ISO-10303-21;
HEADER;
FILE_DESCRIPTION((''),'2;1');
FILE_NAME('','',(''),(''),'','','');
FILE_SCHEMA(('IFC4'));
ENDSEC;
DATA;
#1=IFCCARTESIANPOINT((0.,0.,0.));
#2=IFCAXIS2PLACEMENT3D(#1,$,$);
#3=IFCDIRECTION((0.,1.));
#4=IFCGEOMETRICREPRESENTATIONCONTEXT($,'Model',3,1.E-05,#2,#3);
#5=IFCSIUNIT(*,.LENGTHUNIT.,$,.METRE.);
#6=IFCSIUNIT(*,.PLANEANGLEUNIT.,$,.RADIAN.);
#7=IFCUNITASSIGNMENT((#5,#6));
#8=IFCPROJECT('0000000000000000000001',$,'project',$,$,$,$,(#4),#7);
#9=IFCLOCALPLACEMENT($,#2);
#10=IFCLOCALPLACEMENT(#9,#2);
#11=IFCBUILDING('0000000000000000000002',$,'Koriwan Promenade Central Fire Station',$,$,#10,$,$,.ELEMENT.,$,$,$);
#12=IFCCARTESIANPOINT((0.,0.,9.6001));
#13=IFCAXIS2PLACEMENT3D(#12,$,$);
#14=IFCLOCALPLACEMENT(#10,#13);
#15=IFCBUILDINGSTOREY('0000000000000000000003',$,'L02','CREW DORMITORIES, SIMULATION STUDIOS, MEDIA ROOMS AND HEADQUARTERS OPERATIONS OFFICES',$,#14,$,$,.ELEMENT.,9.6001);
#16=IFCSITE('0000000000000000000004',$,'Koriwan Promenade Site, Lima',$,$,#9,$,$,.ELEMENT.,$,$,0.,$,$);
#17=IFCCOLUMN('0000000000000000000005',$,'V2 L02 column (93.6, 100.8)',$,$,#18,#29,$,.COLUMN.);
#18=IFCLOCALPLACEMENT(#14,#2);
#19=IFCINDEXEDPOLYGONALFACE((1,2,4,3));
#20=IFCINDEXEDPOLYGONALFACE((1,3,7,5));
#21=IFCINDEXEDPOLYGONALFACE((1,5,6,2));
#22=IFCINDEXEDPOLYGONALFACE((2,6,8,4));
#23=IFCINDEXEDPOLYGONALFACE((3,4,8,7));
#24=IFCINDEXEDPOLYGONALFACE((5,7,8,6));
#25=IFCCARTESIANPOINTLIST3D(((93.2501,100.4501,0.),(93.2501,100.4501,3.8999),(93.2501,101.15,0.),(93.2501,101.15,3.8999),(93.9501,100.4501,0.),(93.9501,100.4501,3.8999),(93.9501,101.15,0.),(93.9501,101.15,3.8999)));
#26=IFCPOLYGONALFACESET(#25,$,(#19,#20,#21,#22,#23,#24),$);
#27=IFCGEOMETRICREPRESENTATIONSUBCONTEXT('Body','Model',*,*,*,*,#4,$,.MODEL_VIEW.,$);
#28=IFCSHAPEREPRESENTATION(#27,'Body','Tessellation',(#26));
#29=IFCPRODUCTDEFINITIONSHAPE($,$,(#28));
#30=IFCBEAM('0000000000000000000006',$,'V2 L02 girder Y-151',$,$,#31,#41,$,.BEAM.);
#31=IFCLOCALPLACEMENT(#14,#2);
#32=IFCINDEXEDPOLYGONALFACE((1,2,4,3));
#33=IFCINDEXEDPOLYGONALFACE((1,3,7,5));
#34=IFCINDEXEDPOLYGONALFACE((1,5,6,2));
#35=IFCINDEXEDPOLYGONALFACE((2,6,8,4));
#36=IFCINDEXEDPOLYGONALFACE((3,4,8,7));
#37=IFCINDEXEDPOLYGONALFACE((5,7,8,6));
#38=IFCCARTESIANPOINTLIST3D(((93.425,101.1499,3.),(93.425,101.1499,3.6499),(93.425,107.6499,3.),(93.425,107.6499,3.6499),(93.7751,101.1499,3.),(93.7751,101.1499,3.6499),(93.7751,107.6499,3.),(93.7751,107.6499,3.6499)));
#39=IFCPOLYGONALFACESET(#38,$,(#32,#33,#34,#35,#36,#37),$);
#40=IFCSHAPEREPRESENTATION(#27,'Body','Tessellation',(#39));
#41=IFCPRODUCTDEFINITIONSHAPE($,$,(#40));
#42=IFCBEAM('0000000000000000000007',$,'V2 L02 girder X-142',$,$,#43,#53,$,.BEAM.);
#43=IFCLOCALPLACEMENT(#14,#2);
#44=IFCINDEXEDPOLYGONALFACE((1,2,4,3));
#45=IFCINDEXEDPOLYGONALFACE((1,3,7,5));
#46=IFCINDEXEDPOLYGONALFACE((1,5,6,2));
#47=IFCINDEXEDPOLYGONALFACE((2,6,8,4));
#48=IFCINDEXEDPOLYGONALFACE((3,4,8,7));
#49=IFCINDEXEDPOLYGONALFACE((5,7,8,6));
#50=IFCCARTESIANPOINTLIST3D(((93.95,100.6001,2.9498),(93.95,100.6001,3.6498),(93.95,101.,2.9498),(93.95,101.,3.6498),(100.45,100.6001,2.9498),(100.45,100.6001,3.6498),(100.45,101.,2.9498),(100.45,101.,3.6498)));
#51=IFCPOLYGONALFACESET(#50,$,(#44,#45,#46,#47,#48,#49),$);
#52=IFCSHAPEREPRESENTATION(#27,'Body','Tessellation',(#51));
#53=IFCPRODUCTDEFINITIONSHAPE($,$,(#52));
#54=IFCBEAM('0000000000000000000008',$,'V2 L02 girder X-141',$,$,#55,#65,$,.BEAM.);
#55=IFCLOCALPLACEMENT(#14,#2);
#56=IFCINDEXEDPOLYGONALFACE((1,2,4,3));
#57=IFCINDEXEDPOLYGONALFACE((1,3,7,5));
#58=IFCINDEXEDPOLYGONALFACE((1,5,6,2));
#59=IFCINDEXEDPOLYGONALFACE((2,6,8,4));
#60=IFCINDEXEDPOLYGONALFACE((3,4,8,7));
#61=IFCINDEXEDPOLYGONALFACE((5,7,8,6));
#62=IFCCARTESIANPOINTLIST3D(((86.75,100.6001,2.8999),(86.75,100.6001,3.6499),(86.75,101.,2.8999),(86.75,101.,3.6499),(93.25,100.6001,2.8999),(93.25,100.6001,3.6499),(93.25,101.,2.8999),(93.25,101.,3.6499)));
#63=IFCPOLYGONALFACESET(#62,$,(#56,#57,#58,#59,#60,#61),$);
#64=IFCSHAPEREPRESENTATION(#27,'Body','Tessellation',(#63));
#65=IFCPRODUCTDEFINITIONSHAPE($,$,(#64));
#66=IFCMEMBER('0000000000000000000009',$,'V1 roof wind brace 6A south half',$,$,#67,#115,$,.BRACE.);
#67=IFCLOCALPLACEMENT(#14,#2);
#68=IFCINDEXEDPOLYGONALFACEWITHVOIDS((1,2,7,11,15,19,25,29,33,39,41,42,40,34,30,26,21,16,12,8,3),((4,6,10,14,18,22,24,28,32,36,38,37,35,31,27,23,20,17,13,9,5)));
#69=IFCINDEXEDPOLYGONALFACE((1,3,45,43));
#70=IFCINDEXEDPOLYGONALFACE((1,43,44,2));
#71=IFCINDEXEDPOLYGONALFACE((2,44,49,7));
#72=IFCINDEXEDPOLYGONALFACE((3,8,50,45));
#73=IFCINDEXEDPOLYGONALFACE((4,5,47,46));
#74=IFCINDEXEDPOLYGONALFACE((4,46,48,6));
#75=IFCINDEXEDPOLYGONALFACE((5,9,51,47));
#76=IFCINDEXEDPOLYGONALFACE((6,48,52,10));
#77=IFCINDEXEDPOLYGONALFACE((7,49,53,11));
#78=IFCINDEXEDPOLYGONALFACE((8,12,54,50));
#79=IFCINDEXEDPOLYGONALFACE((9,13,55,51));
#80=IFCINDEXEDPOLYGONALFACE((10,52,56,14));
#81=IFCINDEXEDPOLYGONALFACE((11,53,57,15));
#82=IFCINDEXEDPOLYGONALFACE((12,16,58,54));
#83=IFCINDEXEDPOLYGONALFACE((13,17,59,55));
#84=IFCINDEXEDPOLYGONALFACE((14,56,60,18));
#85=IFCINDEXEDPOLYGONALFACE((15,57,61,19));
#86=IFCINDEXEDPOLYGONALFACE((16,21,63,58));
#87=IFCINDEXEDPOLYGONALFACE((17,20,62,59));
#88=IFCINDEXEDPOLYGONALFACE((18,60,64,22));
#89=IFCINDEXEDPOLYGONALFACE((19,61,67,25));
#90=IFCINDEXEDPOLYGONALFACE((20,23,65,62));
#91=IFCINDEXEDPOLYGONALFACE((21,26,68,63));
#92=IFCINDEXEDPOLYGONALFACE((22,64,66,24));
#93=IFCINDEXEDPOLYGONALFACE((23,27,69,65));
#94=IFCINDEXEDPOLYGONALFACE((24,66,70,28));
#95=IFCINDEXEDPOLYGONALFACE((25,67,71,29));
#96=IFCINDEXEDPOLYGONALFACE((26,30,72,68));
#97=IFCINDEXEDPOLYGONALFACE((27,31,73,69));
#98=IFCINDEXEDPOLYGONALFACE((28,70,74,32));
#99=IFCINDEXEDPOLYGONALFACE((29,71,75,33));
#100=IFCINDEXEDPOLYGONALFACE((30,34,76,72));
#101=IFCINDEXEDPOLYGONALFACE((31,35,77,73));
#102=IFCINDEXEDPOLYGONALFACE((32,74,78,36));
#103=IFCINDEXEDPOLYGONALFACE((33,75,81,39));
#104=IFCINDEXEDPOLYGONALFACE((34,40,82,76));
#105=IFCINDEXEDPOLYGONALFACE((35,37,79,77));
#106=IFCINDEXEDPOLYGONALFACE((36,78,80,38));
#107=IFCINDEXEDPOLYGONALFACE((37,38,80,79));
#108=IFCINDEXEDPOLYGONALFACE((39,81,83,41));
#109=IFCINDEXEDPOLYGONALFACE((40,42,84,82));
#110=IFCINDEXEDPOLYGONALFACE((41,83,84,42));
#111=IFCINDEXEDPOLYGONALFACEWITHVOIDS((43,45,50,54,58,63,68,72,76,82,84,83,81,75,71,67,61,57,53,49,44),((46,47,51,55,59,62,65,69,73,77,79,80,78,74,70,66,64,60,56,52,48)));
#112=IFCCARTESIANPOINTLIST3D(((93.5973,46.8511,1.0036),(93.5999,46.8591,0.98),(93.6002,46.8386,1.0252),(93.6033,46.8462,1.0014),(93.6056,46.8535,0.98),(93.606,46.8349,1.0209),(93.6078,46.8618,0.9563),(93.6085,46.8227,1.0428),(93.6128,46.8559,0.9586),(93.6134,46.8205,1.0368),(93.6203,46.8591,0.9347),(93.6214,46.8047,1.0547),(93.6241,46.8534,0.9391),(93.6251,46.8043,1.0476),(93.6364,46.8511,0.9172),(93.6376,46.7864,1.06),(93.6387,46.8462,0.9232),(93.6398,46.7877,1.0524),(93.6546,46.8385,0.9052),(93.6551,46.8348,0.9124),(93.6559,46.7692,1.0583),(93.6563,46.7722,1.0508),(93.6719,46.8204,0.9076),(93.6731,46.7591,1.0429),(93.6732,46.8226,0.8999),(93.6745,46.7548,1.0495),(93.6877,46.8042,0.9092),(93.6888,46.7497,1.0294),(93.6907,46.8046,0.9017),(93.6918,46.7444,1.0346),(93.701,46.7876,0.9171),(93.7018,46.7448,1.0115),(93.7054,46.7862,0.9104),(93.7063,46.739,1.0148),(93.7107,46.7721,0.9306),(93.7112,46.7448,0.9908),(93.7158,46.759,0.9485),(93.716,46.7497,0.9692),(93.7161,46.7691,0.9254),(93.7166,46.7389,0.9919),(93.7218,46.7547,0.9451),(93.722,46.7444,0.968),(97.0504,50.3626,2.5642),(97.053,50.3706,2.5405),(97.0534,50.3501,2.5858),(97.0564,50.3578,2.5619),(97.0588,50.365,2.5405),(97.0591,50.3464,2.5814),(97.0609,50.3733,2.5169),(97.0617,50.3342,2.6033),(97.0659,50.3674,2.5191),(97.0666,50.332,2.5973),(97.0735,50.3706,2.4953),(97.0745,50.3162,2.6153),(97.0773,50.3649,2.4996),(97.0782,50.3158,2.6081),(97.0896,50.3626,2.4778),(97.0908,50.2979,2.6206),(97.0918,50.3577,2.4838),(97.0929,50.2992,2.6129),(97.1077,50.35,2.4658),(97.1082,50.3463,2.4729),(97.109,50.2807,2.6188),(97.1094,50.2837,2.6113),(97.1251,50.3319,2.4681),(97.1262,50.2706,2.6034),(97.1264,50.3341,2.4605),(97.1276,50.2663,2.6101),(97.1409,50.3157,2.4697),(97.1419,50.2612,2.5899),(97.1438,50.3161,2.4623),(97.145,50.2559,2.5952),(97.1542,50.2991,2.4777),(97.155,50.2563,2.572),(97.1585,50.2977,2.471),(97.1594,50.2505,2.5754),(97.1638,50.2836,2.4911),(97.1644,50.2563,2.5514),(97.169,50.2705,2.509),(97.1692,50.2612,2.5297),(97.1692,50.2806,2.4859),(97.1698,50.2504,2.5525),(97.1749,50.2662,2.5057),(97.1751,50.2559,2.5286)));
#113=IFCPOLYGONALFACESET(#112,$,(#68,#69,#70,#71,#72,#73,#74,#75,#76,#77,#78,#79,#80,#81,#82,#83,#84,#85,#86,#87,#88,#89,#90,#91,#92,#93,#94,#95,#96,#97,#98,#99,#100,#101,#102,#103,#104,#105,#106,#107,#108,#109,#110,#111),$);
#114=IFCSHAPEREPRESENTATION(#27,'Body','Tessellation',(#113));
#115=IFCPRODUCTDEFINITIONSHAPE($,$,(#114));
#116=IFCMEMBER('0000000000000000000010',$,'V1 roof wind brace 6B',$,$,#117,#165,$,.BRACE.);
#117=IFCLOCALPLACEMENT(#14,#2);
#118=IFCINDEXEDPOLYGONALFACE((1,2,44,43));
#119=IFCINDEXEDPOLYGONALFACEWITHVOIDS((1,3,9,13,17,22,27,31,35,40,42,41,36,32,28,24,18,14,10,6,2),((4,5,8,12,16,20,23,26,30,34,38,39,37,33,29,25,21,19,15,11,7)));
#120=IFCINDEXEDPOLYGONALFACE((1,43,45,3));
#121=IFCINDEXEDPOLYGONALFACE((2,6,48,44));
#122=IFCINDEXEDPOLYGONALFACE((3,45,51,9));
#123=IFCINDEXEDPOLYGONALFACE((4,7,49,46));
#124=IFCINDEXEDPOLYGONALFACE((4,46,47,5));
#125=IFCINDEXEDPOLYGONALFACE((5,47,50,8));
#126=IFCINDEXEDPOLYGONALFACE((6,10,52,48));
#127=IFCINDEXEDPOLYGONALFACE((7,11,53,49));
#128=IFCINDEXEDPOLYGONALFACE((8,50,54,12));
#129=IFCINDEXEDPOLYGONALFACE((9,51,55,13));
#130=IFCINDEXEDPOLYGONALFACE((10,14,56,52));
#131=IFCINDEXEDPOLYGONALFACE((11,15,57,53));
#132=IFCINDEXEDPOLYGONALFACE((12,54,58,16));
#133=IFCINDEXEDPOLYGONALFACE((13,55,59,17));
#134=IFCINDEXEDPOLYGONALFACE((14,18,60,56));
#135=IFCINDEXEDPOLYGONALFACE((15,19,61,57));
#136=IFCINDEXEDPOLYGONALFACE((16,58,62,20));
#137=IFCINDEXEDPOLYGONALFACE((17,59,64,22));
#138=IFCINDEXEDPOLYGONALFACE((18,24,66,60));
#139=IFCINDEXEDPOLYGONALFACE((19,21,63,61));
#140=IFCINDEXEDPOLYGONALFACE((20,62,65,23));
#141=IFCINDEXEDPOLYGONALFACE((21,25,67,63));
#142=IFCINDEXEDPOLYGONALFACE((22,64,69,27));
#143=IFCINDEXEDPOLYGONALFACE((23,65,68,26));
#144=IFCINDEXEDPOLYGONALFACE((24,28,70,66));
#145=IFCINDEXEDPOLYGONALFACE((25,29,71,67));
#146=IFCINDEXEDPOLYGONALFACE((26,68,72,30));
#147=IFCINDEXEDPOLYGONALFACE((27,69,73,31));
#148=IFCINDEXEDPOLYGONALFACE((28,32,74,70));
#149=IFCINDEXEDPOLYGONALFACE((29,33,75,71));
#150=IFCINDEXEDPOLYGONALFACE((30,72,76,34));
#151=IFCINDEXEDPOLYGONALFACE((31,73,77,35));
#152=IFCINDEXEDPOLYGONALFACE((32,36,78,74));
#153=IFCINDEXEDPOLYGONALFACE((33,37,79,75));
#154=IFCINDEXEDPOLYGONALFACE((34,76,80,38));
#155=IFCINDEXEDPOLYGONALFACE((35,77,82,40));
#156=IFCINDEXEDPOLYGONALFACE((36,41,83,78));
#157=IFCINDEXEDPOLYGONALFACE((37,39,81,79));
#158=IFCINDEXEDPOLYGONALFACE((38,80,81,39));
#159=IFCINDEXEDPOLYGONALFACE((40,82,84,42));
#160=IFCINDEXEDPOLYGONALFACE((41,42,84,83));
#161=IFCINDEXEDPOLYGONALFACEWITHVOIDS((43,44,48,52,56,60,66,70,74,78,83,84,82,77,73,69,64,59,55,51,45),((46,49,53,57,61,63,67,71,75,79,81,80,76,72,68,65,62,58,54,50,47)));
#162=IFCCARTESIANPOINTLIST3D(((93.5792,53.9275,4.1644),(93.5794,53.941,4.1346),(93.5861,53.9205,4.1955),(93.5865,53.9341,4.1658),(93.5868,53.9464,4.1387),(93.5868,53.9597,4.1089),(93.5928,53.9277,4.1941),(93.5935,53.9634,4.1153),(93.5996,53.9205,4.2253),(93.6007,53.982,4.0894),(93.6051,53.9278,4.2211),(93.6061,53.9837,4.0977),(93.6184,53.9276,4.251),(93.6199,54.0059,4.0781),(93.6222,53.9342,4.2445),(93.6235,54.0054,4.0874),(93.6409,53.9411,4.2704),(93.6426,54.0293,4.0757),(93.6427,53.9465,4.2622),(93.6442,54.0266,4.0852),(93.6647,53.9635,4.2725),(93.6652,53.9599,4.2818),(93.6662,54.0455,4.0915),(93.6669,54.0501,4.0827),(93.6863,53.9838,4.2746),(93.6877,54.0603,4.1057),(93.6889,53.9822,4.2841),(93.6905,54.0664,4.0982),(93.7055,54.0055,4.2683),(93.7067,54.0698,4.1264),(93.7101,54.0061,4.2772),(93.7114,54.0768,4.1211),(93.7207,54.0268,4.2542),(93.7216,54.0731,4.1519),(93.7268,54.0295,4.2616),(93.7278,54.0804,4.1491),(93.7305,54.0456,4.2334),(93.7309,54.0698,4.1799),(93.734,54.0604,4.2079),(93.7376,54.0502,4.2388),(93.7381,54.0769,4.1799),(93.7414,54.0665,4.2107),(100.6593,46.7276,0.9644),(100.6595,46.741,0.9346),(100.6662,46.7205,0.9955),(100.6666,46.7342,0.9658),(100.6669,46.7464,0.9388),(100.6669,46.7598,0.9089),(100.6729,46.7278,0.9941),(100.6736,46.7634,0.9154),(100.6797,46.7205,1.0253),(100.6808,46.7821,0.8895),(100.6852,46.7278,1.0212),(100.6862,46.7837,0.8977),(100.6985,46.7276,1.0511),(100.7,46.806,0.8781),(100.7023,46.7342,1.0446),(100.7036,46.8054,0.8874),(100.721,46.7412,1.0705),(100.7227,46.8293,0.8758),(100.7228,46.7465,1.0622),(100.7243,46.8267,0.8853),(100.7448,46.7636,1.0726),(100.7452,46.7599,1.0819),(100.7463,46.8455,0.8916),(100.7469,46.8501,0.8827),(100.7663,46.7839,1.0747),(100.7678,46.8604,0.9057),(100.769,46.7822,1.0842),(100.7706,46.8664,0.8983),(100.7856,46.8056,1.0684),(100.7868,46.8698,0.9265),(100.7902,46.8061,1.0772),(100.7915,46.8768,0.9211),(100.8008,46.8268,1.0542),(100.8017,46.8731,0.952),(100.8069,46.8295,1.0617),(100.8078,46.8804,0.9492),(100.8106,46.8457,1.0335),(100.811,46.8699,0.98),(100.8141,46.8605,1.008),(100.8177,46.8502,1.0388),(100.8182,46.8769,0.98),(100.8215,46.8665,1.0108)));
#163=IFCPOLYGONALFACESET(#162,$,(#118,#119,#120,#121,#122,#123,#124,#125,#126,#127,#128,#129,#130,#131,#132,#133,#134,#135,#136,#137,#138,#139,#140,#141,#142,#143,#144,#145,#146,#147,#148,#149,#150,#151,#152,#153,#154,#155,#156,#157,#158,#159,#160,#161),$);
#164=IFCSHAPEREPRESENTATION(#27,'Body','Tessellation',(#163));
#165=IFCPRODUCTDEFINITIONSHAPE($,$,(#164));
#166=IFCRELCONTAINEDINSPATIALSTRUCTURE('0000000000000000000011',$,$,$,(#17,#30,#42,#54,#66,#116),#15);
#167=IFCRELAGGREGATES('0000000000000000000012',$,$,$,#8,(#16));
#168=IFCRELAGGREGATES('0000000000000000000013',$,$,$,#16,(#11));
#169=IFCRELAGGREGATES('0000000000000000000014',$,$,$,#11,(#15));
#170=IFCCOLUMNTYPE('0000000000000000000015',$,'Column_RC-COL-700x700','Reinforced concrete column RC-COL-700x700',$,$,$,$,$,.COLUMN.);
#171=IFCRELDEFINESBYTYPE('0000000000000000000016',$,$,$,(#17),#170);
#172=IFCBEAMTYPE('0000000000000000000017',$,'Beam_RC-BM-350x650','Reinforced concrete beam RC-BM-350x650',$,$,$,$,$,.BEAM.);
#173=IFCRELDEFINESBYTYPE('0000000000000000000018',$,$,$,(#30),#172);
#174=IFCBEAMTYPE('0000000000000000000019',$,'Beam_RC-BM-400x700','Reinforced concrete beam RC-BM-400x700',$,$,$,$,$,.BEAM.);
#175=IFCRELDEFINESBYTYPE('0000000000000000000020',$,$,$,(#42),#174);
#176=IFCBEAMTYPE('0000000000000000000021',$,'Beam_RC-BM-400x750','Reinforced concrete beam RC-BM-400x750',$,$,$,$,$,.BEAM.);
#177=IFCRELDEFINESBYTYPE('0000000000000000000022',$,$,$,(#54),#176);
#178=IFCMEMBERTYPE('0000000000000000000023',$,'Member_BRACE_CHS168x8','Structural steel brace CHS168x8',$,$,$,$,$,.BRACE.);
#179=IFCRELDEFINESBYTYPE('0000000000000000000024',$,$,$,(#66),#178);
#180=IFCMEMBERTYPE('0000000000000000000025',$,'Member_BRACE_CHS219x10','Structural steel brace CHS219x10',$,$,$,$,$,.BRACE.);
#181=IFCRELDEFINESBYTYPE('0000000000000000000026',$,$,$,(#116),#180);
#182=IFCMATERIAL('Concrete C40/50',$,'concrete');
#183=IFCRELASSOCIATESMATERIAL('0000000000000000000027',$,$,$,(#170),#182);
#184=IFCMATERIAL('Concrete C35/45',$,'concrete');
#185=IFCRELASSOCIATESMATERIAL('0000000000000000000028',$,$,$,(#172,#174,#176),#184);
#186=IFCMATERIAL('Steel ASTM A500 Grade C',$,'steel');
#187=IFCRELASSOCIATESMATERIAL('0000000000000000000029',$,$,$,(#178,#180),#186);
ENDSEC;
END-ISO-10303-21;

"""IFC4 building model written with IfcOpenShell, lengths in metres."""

from ifc_helpers import new_model, si_unit, direction, frame, origin, origin_2d, place, context, subcontext, project, spatial, rectangle, hollow_circle, extrude, material, material_profile, profile_set, type_object, element, save


model = new_model("IFC4")

# Units and contexts
model_context = context("Model", 3, precision=1e-05, world=origin(), true_north=direction((0.0, 1.0)))
body_context = subcontext(model_context, "Body", "Model", "MODEL_VIEW")
ifc_project = project(units=[si_unit("LENGTHUNIT", "METRE"), si_unit("PLANEANGLEUNIT", "RADIAN")], contexts=[model_context])

# Site, building, storey
site_placement = place(None, origin())
site = spatial("IfcSite", under=ifc_project, at=site_placement, Name="Koriwan Promenade Site, Lima", CompositionType="ELEMENT", RefElevation=0.0)
building_placement = place(site_placement, origin())
building = spatial("IfcBuilding", under=site, at=building_placement, Name="Koriwan Promenade Central Fire Station", CompositionType="ELEMENT")
storey_placement = place(building_placement, frame((0.0, 0.0, 9.6001)))
storey = spatial("IfcBuildingStorey", under=building, at=storey_placement, Name="L02", Description="CREW DORMITORIES, SIMULATION STUDIOS, MEDIA ROOMS AND HEADQUARTERS OPERATIONS OFFICES", CompositionType="ELEMENT", Elevation=9.6001)

# Column
ifc_material_1 = material(Name="Concrete C40/50", Category="concrete")
ifc_material_profile_1 = material_profile(ifc_material_1, rectangle(XDim=0.7, YDim=0.7, at=origin_2d()), Name="RC-COL-700x700")
ifc_profile_set_1 = profile_set([ifc_material_profile_1], Name="Concrete C40/50")
column_type = type_object("IfcColumnType", Name="Column_RC-COL-700x700", Description="Reinforced concrete column RC-COL-700x700", PredefinedType="COLUMN", material=ifc_profile_set_1)
column_placement = place(storey_placement, frame((93.6001, 100.8, 0.0), z_axis=(0.0, 0.0, 1.0), x_axis=(1.0, 0.0, 0.0)))
element("IfcColumn", 1, at=column_placement, inside=storey, type_object=column_type, Name="V2 L02 column (93.6, 100.8)", PredefinedType="COLUMN", context=body_context, shape_type="SweptSolid", body=[
    extrude(rectangle(XDim=0.7, YDim=0.7, at=origin_2d()), origin(), (0.0, 0.0, 1.0), 3.8999),
])

# Beams
ifc_material_2 = material(Name="Concrete C35/45", Category="concrete")
ifc_material_profile_2 = material_profile(ifc_material_2, rectangle(XDim=0.3501, YDim=0.6499, at=origin_2d()), Name="RC-BM-350x650")
ifc_profile_set_2 = profile_set([ifc_material_profile_2], Name="Concrete C35/45")
beam_type_1 = type_object("IfcBeamType", Name="Beam_RC-BM-350x650", Description="Reinforced concrete beam RC-BM-350x650", PredefinedType="BEAM", material=ifc_profile_set_2)
beam_1_placement = place(storey_placement, frame((93.6001, 101.1499, 3.325), z_axis=(0.0, 1.0, 0.0), x_axis=(-1.0, 0.0, 0.0)))
element("IfcBeam", 2, at=beam_1_placement, inside=storey, type_object=beam_type_1, Name="V2 L02 girder Y-151", PredefinedType="BEAM", context=body_context, shape_type="SweptSolid", body=[
    extrude(rectangle(XDim=0.3501, YDim=0.6499, at=origin_2d()), origin(), (0.0, 0.0, 1.0), 6.5),
])
ifc_material_profile_3 = material_profile(ifc_material_2, rectangle(XDim=0.3999, YDim=0.7, at=origin_2d()), Name="RC-BM-400x700")
ifc_profile_set_3 = profile_set([ifc_material_profile_3], Name="Concrete C35/45")
beam_type_2 = type_object("IfcBeamType", Name="Beam_RC-BM-400x700", Description="Reinforced concrete beam RC-BM-400x700", PredefinedType="BEAM", material=ifc_profile_set_3)
beam_2_placement = place(storey_placement, frame((93.95, 100.8, 3.2998), z_axis=(1.0, 0.0, 0.0), x_axis=(0.0, 1.0, 0.0)))
element("IfcBeam", 3, at=beam_2_placement, inside=storey, type_object=beam_type_2, Name="V2 L02 girder X-142", PredefinedType="BEAM", context=body_context, shape_type="SweptSolid", body=[
    extrude(rectangle(XDim=0.3999, YDim=0.7, at=origin_2d()), origin(), (0.0, 0.0, 1.0), 6.5),
])
ifc_material_profile_4 = material_profile(ifc_material_2, rectangle(XDim=0.3999, YDim=0.75, at=origin_2d()), Name="RC-BM-400x750")
ifc_profile_set_4 = profile_set([ifc_material_profile_4], Name="Concrete C35/45")
beam_type_3 = type_object("IfcBeamType", Name="Beam_RC-BM-400x750", Description="Reinforced concrete beam RC-BM-400x750", PredefinedType="BEAM", material=ifc_profile_set_4)
beam_3_placement = place(storey_placement, frame((86.75, 100.8, 3.2749), z_axis=(1.0, 0.0, 0.0), x_axis=(0.0, 1.0, 0.0)))
element("IfcBeam", 4, at=beam_3_placement, inside=storey, type_object=beam_type_3, Name="V2 L02 girder X-141", PredefinedType="BEAM", context=body_context, shape_type="SweptSolid", body=[
    extrude(rectangle(XDim=0.3999, YDim=0.75, at=origin_2d()), origin(), (0.0, 0.0, 1.0), 6.5),
])

# Members
ifc_material_3 = material(Name="Steel ASTM A500 Grade C", Category="steel")
ifc_material_profile_5 = material_profile(ifc_material_3, hollow_circle(Radius=0.0842, WallThickness=0.0081, at=origin_2d()), Name="CHS168x8")
ifc_profile_set_5 = profile_set([ifc_material_profile_5], Name="Steel ASTM A500 Grade C")
member_type_1 = type_object("IfcMemberType", Name="Member_BRACE_CHS168x8", Description="Structural steel brace CHS168x8", PredefinedType="BRACE", material=ifc_profile_set_5)
member_1_placement = place(storey_placement, frame((93.6599, 46.8, 0.98), z_axis=(0.668405, 0.679699, 0.302067), x_axis=(-0.713006, 0.701158, 0.0)))
element("IfcMember", 5, at=member_1_placement, inside=storey, type_object=member_type_1, Name="V1 roof wind brace 6A south half", PredefinedType="BRACE", context=body_context, shape_type="SweptSolid", body=[
    extrude(hollow_circle(Radius=0.0842, WallThickness=0.0081, at=origin_2d()), origin(), (0.0, 0.0, 1.0), 5.1663),
])
ifc_material_profile_6 = material_profile(ifc_material_3, hollow_circle(Radius=0.1096, WallThickness=0.01, at=origin_2d()), Name="CHS219x10")
ifc_profile_set_6 = profile_set([ifc_material_profile_6], Name="Steel ASTM A500 Grade C")
member_type_2 = type_object("IfcMemberType", Name="Member_BRACE_CHS219x10", Description="Structural steel brace CHS219x10", PredefinedType="BRACE", material=ifc_profile_set_6)
member_2_placement = place(storey_placement, frame((93.6599, 54.0, 4.1799), z_axis=(0.668389, -0.679705, -0.302089), x_axis=(0.713017, 0.701146, 0.0)))
element("IfcMember", 6, at=member_2_placement, inside=storey, type_object=member_type_2, Name="V1 roof wind brace 6B", PredefinedType="BRACE", context=body_context, shape_type="SweptSolid", body=[
    extrude(hollow_circle(Radius=0.1096, WallThickness=0.01, at=origin_2d()), origin(), (0.0, 0.0, 1.0), 10.5928),
])

save(model, "model.ifc")
